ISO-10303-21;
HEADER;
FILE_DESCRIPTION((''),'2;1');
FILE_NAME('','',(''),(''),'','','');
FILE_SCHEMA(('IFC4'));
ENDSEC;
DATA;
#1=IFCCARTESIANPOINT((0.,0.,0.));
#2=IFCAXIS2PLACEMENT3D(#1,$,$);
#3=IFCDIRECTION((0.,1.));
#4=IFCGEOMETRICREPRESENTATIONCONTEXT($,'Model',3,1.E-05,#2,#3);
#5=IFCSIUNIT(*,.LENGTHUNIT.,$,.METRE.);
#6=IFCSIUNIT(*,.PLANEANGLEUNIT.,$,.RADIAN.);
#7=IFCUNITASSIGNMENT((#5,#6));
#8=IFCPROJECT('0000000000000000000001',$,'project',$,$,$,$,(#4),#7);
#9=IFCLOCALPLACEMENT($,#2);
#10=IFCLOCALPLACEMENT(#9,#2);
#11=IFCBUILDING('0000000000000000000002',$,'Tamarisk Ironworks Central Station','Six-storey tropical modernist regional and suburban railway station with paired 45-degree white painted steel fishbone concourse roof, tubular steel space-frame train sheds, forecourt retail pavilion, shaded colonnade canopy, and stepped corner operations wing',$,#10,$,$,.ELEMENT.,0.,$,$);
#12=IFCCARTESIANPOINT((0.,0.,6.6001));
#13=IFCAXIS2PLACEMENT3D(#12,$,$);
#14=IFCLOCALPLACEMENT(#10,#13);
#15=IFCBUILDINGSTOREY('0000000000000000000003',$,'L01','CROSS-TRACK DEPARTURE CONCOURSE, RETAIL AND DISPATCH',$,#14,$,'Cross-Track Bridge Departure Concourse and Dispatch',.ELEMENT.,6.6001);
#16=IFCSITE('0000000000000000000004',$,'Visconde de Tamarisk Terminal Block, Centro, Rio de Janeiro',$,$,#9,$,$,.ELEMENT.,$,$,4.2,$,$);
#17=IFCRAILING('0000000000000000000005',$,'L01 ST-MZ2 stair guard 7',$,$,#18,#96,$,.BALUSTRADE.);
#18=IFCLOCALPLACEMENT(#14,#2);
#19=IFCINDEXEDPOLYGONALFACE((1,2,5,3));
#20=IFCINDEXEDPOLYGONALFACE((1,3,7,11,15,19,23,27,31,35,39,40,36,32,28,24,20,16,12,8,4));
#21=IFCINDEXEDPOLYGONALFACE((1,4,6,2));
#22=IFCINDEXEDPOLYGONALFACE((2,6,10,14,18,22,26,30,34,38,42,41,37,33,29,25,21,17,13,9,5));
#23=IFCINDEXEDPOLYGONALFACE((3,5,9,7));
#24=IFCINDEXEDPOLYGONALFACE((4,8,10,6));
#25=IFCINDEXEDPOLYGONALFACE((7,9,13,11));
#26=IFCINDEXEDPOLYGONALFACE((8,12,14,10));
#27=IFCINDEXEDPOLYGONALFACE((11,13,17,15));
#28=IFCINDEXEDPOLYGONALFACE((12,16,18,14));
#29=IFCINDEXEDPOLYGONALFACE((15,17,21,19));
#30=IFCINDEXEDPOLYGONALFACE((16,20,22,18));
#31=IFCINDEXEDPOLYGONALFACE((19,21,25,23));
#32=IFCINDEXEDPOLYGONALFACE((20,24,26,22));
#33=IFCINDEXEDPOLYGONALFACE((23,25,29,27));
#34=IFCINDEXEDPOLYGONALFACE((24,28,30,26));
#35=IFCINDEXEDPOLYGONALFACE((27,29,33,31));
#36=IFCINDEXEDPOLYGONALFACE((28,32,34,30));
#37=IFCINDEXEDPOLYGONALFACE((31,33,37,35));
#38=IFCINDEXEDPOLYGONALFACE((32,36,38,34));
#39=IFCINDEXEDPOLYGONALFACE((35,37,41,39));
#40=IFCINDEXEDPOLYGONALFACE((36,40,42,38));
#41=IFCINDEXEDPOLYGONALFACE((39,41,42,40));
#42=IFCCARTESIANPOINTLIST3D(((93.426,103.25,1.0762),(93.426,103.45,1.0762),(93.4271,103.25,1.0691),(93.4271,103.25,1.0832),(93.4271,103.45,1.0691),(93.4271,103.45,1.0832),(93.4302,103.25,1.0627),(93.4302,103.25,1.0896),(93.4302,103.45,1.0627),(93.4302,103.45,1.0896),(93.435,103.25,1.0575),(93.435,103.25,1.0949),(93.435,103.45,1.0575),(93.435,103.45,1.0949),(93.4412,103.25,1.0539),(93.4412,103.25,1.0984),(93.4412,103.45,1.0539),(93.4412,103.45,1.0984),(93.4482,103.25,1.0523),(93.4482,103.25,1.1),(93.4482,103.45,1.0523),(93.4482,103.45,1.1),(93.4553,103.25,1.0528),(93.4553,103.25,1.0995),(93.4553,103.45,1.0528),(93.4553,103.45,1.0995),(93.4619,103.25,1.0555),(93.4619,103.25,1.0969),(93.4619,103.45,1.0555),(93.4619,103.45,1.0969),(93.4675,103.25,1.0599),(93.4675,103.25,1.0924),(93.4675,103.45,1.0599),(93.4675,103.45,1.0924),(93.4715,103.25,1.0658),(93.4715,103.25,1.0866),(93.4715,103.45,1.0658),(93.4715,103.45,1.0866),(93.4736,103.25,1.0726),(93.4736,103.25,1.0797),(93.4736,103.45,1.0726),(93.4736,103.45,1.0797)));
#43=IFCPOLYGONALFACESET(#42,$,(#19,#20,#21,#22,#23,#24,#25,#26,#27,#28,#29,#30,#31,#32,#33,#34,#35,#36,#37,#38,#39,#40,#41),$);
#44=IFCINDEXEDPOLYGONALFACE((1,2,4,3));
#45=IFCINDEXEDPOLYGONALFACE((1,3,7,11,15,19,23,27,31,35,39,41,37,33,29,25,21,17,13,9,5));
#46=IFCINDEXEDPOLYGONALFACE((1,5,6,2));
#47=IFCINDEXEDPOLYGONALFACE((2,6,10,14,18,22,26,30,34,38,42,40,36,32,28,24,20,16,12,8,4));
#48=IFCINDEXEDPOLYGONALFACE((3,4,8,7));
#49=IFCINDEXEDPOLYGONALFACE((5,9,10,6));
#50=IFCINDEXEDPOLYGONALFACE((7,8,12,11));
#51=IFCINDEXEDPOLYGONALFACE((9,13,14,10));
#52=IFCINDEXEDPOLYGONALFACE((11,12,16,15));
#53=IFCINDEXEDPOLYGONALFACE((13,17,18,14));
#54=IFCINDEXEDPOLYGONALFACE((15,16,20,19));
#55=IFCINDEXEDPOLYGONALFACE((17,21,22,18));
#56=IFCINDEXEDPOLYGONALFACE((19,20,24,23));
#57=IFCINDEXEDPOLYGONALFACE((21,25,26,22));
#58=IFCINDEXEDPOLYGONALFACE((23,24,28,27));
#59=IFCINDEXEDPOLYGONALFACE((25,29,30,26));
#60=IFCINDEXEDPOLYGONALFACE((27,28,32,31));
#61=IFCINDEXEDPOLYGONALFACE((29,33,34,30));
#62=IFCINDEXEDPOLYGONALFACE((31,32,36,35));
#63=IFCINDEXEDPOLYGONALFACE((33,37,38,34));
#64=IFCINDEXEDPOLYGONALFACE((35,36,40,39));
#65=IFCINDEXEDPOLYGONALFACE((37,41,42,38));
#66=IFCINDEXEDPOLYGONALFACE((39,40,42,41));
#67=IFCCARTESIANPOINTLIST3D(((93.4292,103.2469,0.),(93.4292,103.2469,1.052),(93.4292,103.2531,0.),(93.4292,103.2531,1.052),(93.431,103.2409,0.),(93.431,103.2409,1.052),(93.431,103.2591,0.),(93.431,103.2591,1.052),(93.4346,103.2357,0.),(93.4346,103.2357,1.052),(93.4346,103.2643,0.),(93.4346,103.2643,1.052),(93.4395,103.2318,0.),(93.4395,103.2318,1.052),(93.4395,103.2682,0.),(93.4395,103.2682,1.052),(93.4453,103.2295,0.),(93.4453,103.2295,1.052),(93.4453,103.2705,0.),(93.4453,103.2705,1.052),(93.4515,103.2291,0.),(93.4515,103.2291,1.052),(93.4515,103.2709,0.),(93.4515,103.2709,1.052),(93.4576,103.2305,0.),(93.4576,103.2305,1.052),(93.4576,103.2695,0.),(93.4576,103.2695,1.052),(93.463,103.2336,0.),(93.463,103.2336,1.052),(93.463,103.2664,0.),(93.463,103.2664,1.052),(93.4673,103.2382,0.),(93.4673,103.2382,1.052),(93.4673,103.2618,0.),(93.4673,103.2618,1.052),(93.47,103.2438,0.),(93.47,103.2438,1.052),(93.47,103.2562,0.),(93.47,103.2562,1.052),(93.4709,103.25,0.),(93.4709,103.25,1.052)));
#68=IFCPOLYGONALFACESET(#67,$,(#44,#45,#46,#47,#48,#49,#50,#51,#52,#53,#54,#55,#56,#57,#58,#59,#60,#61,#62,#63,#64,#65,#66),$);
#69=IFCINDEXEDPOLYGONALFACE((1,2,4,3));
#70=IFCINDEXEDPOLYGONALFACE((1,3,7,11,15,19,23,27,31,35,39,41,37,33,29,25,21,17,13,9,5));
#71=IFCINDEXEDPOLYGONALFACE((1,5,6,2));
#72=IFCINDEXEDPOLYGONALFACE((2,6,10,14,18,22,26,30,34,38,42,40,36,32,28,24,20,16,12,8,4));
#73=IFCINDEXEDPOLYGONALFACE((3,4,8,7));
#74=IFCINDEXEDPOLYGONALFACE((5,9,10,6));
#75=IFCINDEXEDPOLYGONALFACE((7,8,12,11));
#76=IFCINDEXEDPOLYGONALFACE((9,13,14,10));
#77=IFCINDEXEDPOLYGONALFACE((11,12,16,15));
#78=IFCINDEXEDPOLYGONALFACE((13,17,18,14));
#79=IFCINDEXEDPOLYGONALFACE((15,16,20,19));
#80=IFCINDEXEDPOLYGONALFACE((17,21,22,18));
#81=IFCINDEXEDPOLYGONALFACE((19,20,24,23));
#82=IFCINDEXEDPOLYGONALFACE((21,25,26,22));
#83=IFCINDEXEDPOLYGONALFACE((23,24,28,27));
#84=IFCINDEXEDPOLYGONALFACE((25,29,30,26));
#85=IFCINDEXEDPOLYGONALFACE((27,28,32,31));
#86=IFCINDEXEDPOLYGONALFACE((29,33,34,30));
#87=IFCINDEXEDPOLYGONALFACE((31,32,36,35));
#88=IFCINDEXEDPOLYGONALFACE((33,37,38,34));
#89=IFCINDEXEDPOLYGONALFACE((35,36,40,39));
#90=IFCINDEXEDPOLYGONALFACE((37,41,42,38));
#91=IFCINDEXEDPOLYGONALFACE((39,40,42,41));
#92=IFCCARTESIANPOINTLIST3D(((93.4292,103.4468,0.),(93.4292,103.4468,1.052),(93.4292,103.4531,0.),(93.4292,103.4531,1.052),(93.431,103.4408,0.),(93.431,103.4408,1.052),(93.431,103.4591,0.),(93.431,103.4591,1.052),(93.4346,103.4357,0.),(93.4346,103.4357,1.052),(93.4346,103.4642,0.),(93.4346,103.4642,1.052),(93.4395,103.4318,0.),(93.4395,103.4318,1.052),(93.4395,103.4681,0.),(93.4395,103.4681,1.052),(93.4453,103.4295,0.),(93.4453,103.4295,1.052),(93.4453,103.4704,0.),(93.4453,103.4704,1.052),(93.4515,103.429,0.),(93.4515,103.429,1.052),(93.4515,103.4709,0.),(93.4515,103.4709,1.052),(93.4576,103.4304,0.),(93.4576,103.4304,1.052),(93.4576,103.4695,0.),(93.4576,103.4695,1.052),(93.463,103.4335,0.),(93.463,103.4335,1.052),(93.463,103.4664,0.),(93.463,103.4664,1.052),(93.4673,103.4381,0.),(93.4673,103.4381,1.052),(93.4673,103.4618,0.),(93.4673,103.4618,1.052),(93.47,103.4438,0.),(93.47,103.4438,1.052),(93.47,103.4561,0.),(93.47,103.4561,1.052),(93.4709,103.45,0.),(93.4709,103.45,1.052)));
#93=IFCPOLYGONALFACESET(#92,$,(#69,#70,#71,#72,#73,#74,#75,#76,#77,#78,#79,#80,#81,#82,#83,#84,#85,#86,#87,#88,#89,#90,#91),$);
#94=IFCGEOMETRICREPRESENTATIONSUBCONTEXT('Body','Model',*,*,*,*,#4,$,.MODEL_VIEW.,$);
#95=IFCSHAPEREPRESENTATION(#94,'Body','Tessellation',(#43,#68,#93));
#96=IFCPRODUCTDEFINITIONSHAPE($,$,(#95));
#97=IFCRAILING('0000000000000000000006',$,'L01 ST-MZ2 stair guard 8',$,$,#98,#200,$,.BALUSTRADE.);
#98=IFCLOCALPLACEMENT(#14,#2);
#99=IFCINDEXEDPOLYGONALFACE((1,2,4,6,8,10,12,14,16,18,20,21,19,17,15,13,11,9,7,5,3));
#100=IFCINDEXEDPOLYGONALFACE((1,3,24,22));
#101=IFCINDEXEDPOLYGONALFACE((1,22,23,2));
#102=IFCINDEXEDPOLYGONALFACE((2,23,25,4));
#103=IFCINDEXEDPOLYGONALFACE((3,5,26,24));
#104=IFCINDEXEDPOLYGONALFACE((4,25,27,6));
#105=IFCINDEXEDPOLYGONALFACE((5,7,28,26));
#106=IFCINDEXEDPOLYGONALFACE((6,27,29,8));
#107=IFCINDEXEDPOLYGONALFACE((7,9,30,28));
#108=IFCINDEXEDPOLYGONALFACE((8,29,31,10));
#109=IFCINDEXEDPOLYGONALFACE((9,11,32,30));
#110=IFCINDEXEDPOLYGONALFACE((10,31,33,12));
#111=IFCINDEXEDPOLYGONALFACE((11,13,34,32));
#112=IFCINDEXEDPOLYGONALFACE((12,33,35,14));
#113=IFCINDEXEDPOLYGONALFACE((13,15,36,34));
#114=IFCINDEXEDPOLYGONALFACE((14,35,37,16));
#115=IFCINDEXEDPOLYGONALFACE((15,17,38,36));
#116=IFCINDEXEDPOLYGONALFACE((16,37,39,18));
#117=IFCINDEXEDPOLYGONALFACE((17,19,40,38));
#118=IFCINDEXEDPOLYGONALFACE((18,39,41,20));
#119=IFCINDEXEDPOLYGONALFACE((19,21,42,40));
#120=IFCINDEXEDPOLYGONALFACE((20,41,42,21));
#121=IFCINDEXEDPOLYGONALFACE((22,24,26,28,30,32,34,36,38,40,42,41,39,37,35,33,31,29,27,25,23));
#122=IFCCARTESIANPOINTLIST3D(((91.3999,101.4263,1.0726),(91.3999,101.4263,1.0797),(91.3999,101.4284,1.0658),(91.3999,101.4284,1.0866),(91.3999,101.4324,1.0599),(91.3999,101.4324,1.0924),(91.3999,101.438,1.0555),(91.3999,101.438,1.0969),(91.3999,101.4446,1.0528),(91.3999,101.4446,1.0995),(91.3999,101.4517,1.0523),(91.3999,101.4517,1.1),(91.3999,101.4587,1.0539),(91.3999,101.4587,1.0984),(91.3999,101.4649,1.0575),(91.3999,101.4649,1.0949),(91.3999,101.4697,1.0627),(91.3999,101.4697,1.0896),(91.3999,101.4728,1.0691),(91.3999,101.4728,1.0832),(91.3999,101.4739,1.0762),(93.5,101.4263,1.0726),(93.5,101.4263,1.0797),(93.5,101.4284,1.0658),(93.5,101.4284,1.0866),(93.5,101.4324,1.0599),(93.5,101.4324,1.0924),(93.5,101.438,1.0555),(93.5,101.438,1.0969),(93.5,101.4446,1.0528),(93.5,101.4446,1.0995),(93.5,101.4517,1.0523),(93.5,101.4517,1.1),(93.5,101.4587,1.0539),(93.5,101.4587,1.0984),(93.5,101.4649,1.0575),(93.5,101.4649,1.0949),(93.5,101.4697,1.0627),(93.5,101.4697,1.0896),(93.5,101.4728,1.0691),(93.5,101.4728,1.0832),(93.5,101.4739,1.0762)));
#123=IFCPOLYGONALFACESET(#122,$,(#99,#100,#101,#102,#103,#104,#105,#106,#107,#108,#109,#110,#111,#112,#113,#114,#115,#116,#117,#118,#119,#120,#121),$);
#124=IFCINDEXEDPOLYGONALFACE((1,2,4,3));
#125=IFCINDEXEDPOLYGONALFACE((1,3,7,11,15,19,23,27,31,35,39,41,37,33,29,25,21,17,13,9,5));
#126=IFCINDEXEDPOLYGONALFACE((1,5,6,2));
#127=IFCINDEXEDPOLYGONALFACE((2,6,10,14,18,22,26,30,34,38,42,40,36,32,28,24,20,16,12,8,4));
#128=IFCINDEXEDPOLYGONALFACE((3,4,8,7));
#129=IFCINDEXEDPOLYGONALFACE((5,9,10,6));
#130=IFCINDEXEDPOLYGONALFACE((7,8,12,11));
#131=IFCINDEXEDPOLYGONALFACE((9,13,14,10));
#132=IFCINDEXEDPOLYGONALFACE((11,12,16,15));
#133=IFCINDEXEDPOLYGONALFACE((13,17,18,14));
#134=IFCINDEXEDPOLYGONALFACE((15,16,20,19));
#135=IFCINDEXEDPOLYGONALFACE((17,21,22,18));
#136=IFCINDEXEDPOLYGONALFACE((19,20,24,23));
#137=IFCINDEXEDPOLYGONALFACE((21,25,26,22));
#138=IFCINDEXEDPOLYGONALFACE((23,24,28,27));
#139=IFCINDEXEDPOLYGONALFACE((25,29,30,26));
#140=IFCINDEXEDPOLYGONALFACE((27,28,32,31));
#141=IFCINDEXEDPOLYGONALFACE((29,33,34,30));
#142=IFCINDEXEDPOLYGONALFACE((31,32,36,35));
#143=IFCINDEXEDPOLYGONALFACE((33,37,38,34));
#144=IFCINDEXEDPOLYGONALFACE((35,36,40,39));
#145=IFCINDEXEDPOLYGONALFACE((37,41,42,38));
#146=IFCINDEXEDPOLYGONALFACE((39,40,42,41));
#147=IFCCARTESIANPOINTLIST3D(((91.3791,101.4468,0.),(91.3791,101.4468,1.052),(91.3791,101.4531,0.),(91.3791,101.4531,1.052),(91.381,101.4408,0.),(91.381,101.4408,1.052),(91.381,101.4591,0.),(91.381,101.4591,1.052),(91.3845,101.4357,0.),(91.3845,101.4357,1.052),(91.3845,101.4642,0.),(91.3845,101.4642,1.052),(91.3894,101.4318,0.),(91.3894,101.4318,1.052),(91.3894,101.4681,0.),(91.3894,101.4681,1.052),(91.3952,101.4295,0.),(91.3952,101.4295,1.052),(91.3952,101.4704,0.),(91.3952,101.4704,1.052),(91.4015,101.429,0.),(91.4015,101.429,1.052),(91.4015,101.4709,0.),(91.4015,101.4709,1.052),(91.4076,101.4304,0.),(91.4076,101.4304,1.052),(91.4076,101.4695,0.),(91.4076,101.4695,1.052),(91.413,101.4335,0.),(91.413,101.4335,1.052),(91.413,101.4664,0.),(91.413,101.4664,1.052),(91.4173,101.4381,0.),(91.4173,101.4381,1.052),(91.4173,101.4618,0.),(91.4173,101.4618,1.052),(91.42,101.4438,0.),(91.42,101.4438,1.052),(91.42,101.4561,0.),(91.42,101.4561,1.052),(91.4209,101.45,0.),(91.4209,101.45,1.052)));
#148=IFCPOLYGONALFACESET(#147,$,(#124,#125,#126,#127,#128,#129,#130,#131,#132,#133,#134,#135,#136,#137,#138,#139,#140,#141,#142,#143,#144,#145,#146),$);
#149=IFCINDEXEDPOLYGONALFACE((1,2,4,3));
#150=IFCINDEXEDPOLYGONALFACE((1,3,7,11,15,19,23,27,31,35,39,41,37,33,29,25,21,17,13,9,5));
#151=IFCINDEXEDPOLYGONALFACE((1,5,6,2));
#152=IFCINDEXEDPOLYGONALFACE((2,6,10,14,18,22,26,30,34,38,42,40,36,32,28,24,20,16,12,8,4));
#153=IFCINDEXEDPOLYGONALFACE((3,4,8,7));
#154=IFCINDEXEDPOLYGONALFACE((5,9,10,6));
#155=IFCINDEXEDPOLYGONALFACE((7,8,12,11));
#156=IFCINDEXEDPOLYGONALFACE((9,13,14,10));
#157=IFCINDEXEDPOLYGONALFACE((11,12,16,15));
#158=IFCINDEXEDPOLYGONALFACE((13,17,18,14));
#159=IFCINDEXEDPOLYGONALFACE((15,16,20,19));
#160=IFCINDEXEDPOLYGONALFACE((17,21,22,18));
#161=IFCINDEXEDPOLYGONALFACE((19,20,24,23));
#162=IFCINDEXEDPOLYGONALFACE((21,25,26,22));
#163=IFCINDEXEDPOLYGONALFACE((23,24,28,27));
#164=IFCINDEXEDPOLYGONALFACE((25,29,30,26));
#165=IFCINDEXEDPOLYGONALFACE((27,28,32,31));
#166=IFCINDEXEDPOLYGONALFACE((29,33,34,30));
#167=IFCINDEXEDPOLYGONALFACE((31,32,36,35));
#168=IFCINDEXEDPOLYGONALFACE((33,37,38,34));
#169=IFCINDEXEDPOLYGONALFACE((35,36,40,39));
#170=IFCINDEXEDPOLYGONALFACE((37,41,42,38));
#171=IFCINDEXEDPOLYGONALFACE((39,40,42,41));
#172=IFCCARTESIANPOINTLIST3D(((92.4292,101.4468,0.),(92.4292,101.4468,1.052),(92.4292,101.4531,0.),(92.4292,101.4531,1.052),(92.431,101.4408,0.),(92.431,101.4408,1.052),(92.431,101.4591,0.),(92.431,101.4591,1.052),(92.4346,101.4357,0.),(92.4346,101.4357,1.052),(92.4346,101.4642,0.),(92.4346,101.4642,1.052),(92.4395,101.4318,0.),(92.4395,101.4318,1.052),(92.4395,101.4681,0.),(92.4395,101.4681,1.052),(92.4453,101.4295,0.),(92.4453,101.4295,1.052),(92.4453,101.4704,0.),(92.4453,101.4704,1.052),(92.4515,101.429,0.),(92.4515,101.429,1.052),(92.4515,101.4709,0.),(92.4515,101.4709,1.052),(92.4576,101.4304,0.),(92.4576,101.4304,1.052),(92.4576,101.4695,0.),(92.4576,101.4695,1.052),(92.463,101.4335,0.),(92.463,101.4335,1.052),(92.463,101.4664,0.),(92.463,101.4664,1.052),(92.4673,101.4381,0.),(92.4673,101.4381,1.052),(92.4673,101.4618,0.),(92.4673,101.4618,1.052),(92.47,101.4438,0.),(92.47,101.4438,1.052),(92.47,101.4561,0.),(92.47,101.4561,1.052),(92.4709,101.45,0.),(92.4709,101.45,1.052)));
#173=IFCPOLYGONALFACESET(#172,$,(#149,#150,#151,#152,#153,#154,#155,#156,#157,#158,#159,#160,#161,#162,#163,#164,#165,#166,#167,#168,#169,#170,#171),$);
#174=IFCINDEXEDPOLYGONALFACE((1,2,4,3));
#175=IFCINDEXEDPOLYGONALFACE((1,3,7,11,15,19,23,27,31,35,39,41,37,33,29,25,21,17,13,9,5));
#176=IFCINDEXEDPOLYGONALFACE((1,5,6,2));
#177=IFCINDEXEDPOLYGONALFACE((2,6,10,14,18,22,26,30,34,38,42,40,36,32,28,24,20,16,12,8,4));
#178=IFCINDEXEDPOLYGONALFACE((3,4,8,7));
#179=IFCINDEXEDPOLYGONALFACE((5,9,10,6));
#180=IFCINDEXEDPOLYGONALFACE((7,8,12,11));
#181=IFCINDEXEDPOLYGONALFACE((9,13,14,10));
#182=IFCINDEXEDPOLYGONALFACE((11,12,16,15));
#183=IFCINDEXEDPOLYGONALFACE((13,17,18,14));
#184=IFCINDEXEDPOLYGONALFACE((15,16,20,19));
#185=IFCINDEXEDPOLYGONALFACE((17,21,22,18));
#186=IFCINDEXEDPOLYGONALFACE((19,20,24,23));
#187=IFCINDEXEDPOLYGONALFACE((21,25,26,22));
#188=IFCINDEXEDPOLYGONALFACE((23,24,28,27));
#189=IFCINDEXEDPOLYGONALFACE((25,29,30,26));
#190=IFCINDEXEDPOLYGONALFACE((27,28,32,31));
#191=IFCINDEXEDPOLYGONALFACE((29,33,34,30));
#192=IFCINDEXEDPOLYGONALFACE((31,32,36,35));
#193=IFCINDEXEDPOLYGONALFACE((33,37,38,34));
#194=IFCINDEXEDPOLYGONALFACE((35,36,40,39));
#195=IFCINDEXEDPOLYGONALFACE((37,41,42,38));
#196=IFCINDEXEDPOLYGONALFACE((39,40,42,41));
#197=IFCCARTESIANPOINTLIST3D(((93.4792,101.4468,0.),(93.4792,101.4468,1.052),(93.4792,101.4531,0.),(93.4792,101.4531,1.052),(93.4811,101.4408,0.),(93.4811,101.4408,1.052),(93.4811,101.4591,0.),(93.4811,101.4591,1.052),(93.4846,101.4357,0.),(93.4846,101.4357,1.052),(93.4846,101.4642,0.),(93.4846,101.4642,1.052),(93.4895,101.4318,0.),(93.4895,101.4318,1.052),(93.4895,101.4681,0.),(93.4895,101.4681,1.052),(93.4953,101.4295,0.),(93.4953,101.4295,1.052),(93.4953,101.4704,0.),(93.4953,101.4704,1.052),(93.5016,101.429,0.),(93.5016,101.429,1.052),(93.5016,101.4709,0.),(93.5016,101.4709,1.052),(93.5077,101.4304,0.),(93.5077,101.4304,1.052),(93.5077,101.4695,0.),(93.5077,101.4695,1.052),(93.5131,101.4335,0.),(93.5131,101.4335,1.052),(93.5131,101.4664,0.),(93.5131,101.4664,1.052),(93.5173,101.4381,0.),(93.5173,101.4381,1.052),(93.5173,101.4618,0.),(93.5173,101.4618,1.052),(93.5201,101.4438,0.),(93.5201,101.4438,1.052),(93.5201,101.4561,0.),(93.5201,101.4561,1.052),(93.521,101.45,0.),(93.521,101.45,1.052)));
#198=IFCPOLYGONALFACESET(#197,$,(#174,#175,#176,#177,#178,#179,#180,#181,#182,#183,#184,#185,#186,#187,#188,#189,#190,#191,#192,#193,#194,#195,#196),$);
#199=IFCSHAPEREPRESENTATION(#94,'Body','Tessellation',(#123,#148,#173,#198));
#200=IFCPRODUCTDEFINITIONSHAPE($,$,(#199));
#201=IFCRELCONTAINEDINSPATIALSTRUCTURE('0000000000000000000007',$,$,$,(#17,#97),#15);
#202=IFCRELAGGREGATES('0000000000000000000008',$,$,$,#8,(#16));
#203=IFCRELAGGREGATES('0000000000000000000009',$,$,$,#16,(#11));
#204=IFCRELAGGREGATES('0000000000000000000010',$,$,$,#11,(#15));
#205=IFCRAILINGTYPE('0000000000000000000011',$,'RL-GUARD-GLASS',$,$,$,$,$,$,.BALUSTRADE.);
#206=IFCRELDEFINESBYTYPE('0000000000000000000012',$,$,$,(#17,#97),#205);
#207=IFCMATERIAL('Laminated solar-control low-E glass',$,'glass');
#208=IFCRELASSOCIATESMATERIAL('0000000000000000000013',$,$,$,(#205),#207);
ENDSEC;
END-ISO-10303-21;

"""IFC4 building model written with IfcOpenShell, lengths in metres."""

from ifc_helpers import new_model, si_unit, direction, frame, origin, origin_2d, place, context, subcontext, project, spatial, circle, extrude, material, type_object, element, save


model = new_model("IFC4")

# Units and contexts
model_context = context("Model", 3, precision=1e-05, world=origin(), true_north=direction((0.0, 1.0)))
body_context = subcontext(model_context, "Body", "Model", "MODEL_VIEW")
ifc_project = project(units=[si_unit("LENGTHUNIT", "METRE"), si_unit("PLANEANGLEUNIT", "RADIAN")], contexts=[model_context])

# Site, building, storey
site_placement = place(None, origin())
site = spatial("IfcSite", under=ifc_project, at=site_placement, Name="Visconde de Tamarisk Terminal Block, Centro, Rio de Janeiro", CompositionType="ELEMENT", RefElevation=4.2)
building_placement = place(site_placement, origin())
building = spatial("IfcBuilding", under=site, at=building_placement, Name="Tamarisk Ironworks Central Station", Description="Six-storey tropical modernist regional and suburban railway station with paired 45-degree white painted steel fishbone concourse roof, tubular steel space-frame train sheds, forecourt retail pavilion, shaded colonnade canopy, and stepped corner operations wing", CompositionType="ELEMENT", ElevationOfRefHeight=0.0)
storey_placement = place(building_placement, frame((0.0, 0.0, 6.6001)))
storey = spatial("IfcBuildingStorey", under=building, at=storey_placement, Name="L01", Description="CROSS-TRACK DEPARTURE CONCOURSE, RETAIL AND DISPATCH", LongName="Cross-Track Bridge Departure Concourse and Dispatch", CompositionType="ELEMENT", Elevation=6.6001)

# Shared definitions
ifc_material_1 = material(Name="Laminated solar-control low-E glass", Category="glass")

# Railings
railing_type_1 = type_object("IfcRailingType", Name="RL-GUARD-GLASS", PredefinedType="BALUSTRADE", material=ifc_material_1)
railing_1_placement = place(storey_placement, frame((93.45, 103.25, 0.0)))
element("IfcRailing", 1, at=railing_1_placement, inside=storey, type_object=railing_type_1, Name="L01 ST-MZ2 stair guard 7", PredefinedType="BALUSTRADE", context=body_context, shape_type="SweptSolid", body=[
    extrude(circle(Radius=0.0239, at=origin_2d()), frame((0.0, 0.0, 1.0762), z_axis=(0.0, 1.0, 0.0), x_axis=(-1.0, 0.0, 0.0)), (0.0, 0.0, 1.0), 0.2),
    extrude(circle(Radius=0.021, at=origin_2d()), origin(), (0.0, 0.0, 1.0), 1.052),
    extrude(circle(Radius=0.021, at=origin_2d()), frame((0.0, 0.2, 0.0)), (0.0, 0.0, 1.0), 1.052),
])
for number, where, name in (
    (2, (91.3999, 101.45, 0.0), "L01 ST-MZ2 stair guard 8"),
):
    element("IfcRailing", number, at=place(storey_placement, frame(where)), inside=storey, type_object=railing_type_1, Name=name, PredefinedType="BALUSTRADE", context=body_context, shape_type="SweptSolid", body=[
        extrude(circle(Radius=0.0239, at=origin_2d()), frame((0.0, 0.0, 1.0762), z_axis=(1.0, 0.0, 0.0), x_axis=(0.0, 1.0, 0.0)), (0.0, 0.0, 1.0), 2.1001),
        extrude(circle(Radius=0.021, at=origin_2d()), origin(), (0.0, 0.0, 1.0), 1.052),
        extrude(circle(Radius=0.021, at=origin_2d()), frame((1.05, 0.0, 0.0)), (0.0, 0.0, 1.0), 1.052),
        extrude(circle(Radius=0.021, at=origin_2d()), frame((2.1001, 0.0, 0.0)), (0.0, 0.0, 1.0), 1.052),
    ])

save(model, "model.ifc")
